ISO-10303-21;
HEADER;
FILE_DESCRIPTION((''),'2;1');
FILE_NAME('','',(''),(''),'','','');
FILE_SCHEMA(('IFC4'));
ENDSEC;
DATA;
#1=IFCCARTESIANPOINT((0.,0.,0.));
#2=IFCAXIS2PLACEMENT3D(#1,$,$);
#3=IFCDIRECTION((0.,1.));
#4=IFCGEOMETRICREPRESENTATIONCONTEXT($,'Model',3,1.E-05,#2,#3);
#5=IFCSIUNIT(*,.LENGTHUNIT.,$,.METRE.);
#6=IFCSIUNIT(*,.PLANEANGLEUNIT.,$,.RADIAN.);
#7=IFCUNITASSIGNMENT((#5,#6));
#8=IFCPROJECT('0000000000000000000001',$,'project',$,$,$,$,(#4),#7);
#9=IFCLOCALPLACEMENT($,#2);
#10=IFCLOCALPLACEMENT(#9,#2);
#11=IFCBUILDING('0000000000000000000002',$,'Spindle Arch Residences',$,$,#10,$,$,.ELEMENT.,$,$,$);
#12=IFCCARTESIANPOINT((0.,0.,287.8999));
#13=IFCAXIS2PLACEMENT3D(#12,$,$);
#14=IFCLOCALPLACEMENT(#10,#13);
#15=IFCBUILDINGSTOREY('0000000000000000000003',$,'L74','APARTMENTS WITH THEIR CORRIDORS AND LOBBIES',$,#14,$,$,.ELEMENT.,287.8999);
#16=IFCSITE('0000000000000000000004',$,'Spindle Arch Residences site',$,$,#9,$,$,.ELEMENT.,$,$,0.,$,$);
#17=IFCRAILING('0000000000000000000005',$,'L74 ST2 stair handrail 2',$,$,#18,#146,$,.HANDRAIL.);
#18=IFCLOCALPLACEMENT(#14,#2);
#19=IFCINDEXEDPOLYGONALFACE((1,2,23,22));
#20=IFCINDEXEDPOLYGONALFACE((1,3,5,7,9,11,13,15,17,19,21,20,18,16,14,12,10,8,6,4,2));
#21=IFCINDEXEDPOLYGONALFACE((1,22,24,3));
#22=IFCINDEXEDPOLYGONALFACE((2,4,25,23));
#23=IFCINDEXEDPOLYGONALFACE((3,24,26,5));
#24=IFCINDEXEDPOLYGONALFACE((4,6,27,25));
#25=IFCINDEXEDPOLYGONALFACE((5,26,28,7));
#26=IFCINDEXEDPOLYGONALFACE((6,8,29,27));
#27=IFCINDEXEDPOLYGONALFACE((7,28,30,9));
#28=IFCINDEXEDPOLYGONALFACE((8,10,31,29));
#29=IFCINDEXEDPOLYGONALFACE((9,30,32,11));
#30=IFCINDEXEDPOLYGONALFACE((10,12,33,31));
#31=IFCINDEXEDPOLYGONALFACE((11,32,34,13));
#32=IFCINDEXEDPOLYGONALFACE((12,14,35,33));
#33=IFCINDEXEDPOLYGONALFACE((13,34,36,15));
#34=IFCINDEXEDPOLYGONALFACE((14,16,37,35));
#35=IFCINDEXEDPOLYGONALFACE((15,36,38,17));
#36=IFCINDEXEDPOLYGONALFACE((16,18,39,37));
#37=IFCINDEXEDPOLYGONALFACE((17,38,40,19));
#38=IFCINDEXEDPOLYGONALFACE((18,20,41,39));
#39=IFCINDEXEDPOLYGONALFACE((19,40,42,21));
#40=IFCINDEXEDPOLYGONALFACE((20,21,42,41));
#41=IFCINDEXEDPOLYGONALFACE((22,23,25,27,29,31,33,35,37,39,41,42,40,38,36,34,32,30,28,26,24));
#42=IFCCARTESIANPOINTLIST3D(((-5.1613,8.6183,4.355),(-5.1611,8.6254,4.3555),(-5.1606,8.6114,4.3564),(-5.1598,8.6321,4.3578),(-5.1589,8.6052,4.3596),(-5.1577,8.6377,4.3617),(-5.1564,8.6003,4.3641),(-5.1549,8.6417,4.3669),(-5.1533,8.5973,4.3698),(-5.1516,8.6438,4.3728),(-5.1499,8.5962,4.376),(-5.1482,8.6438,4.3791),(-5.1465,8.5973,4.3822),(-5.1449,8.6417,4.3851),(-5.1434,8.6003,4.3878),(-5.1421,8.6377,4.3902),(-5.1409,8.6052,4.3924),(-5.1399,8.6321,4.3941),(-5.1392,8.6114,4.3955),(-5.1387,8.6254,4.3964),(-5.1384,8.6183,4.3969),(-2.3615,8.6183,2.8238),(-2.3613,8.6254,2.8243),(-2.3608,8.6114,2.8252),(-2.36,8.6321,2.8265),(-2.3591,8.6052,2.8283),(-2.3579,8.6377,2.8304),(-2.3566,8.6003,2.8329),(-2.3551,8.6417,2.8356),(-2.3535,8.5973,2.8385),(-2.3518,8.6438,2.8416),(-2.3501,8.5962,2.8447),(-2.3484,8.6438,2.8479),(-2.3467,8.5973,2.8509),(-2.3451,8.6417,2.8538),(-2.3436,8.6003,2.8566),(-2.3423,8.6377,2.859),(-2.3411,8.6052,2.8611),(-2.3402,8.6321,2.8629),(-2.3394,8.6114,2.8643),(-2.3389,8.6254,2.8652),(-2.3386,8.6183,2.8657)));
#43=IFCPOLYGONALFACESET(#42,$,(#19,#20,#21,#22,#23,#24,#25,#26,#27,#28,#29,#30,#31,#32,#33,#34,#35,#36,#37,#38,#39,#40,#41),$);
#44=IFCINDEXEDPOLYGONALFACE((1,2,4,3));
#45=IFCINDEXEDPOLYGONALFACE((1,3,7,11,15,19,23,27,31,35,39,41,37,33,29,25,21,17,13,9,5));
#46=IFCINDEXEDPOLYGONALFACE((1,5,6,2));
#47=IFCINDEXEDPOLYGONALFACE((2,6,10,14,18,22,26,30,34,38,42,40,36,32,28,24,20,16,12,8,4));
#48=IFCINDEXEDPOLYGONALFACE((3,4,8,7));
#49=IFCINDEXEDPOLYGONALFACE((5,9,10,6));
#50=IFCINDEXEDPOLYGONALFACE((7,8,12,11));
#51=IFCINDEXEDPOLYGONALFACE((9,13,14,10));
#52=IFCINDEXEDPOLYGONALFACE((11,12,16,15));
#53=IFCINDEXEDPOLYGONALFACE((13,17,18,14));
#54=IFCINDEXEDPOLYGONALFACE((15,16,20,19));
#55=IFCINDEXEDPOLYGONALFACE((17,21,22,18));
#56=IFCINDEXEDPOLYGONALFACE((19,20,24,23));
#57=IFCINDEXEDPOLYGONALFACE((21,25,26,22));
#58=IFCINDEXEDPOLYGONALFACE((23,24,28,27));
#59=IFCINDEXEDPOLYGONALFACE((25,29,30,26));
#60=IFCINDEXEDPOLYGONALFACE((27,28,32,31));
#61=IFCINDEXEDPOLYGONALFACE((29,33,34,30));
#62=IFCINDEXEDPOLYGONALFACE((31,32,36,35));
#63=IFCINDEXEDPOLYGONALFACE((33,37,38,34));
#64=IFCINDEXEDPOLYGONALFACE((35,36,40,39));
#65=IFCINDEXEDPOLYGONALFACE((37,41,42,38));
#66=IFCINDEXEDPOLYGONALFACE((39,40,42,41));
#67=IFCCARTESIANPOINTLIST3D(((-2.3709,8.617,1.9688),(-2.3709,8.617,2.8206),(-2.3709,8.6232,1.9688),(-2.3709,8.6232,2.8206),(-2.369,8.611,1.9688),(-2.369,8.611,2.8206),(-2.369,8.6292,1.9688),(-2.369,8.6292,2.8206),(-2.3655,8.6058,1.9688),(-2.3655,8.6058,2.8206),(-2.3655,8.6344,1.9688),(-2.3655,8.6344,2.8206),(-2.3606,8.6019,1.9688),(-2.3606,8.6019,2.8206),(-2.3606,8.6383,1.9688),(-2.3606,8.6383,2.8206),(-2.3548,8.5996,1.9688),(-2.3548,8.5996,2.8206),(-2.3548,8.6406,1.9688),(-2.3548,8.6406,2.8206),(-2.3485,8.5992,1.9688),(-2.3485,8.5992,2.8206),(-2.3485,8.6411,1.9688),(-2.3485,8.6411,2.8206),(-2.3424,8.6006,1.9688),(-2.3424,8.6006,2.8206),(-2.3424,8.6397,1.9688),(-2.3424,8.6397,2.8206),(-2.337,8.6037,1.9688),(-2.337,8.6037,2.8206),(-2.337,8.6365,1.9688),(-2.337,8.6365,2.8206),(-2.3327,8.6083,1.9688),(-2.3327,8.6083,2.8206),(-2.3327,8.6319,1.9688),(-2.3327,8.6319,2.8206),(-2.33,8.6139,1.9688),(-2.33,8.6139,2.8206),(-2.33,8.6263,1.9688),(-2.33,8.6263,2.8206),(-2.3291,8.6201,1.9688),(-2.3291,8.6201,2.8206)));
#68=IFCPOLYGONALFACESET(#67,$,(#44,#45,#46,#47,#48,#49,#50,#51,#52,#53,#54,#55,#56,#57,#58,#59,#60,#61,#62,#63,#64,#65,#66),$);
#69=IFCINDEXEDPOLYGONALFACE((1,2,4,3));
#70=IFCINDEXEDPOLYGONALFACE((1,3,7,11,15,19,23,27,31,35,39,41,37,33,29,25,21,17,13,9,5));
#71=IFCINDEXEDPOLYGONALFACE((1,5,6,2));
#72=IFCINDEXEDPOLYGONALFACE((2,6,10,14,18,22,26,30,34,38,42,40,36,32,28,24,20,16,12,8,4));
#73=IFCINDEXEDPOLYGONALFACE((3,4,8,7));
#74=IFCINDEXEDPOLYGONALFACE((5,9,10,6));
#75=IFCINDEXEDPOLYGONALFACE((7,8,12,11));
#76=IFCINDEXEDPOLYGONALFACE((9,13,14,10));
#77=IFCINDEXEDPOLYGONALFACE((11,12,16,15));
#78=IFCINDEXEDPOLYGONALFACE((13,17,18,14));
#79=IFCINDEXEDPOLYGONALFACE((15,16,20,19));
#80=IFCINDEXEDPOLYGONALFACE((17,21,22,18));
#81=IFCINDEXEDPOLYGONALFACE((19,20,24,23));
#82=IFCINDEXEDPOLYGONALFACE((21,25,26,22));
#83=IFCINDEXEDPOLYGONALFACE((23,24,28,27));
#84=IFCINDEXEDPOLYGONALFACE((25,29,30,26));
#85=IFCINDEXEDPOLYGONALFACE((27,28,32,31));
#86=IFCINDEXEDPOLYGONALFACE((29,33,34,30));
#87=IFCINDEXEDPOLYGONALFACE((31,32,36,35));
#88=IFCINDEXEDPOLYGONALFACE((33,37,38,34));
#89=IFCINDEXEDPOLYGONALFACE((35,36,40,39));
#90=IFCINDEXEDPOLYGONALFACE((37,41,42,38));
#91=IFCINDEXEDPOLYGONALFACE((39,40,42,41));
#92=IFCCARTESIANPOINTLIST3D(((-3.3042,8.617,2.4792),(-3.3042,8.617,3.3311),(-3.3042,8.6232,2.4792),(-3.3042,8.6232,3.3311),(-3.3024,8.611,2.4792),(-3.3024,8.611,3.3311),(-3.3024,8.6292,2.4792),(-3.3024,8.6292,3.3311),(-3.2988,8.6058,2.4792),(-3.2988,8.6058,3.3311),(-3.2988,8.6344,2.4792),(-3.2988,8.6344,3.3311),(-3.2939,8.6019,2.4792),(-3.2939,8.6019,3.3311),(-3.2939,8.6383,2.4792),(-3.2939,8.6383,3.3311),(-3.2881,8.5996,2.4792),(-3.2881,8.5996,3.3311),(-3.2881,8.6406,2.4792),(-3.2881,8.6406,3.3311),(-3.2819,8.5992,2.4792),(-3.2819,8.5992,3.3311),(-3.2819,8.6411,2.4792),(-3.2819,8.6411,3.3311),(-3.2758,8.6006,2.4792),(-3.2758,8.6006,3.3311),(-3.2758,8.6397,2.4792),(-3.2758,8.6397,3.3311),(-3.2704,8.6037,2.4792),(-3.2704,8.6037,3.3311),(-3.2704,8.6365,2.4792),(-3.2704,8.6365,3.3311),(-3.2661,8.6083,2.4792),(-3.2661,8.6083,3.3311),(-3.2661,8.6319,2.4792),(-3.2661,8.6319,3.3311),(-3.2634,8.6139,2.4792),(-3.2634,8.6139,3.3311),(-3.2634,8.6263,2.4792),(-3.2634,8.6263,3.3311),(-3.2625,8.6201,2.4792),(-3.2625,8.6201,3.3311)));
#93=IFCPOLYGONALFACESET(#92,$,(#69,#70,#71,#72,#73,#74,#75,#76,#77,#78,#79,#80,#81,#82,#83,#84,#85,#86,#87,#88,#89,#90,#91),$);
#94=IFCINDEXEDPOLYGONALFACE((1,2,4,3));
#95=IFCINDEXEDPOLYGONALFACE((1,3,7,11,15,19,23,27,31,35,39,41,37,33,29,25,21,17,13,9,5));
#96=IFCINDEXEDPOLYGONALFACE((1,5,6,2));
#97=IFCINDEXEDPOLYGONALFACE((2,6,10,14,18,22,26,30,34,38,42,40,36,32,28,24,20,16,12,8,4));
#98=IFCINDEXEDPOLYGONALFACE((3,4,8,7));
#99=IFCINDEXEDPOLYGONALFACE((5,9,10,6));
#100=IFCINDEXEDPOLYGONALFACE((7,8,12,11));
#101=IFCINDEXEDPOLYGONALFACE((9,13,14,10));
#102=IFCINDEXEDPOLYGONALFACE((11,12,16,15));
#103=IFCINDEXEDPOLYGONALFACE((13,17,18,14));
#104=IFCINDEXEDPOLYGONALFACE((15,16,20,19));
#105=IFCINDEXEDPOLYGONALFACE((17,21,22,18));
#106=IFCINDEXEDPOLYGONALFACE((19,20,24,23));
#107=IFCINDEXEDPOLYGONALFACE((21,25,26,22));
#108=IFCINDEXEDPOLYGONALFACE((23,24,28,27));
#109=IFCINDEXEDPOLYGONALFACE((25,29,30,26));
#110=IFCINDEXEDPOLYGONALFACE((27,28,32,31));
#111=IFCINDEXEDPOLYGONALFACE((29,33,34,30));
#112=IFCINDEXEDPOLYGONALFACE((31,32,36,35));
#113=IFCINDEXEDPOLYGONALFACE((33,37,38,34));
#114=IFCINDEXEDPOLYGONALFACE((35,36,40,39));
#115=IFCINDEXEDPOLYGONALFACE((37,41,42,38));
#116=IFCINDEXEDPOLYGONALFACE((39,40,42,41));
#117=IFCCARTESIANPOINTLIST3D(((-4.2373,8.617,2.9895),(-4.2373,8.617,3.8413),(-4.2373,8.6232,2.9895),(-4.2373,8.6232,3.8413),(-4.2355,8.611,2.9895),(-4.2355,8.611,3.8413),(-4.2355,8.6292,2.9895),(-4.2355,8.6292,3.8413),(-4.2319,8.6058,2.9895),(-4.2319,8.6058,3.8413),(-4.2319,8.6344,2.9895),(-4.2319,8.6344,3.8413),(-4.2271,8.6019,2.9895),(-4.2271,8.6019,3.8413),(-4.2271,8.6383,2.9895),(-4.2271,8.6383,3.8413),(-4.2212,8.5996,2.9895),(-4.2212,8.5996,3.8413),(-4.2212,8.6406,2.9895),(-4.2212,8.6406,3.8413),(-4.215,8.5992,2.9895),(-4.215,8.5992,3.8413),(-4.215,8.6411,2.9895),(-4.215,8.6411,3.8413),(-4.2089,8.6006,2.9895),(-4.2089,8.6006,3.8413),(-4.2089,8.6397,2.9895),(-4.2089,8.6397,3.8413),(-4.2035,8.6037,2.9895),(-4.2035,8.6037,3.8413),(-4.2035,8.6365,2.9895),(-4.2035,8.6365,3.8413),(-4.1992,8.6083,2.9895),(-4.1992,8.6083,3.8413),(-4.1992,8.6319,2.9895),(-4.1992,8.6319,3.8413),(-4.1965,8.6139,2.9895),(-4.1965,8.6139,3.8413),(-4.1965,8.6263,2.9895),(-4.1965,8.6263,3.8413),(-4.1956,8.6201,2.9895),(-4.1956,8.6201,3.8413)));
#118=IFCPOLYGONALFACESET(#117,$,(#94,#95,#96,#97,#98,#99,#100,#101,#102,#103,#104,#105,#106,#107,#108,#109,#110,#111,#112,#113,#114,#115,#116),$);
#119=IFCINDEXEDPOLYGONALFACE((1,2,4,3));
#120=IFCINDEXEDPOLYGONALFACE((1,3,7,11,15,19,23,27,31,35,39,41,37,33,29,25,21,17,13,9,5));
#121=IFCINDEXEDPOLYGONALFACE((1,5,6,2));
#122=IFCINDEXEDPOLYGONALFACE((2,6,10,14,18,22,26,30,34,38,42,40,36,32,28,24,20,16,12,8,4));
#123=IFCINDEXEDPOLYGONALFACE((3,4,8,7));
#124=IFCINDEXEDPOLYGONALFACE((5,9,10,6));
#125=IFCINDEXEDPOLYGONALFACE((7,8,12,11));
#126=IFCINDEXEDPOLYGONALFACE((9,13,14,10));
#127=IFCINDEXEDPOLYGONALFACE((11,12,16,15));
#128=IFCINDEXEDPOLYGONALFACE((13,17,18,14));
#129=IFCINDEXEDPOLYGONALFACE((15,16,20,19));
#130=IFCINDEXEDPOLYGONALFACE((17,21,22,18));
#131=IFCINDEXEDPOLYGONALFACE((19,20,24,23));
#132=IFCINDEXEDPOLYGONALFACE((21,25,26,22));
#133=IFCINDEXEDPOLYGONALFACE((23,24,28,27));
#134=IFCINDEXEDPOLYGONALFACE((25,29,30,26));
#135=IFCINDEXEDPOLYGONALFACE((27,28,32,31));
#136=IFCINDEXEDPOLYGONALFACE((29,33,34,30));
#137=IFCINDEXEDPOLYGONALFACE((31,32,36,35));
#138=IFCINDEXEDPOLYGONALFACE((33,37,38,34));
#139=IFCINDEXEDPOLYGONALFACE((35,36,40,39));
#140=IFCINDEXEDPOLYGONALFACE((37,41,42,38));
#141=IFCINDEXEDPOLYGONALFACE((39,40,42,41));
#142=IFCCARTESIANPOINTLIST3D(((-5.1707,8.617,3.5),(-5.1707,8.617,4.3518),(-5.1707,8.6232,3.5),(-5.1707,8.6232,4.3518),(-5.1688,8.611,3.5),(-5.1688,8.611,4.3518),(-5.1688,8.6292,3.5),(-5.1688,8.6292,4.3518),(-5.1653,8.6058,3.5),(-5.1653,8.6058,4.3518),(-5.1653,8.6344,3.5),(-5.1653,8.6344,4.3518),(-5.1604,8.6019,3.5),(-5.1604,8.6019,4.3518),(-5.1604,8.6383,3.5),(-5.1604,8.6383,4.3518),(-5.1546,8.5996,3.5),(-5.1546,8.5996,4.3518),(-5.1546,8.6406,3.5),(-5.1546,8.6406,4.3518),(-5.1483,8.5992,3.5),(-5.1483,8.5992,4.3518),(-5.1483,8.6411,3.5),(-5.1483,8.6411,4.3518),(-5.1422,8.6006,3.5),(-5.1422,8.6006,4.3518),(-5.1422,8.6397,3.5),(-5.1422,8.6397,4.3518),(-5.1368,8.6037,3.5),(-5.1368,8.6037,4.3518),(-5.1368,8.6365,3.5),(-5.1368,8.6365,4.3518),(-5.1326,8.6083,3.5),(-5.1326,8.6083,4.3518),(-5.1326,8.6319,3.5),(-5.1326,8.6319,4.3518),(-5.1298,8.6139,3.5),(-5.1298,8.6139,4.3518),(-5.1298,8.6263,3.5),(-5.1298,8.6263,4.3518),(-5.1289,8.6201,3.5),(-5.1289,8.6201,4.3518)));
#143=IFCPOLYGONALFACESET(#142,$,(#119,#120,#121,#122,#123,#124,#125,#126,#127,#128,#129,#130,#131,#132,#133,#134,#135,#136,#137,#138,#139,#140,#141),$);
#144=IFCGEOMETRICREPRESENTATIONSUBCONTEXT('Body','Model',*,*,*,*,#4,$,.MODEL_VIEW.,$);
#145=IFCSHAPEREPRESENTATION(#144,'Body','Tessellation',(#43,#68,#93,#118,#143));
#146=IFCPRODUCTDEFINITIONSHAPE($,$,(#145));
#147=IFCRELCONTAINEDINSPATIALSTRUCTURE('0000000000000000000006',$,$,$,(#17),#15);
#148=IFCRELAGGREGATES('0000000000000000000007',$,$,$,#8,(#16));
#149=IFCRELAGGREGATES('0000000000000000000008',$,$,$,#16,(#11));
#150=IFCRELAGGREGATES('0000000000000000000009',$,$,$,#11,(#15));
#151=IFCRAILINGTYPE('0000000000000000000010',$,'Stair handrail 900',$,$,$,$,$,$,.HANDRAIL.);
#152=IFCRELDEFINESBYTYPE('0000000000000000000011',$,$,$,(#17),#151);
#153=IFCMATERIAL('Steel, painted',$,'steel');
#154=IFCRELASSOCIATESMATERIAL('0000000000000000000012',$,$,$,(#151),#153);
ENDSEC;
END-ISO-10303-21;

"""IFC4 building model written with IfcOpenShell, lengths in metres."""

from ifc_helpers import new_model, si_unit, direction, frame, origin, origin_2d, place, context, subcontext, project, spatial, circle, extrude, material, type_object, element, save


model = new_model("IFC4")

# Units and contexts
model_context = context("Model", 3, precision=1e-05, world=origin(), true_north=direction((0.0, 1.0)))
body_context = subcontext(model_context, "Body", "Model", "MODEL_VIEW")
ifc_project = project(units=[si_unit("LENGTHUNIT", "METRE"), si_unit("PLANEANGLEUNIT", "RADIAN")], contexts=[model_context])

# Site, building, storey
site_placement = place(None, origin())
site = spatial("IfcSite", under=ifc_project, at=site_placement, Name="Spindle Arch Residences site", CompositionType="ELEMENT", RefElevation=0.0)
building_placement = place(site_placement, origin())
building = spatial("IfcBuilding", under=site, at=building_placement, Name="Spindle Arch Residences", CompositionType="ELEMENT")
storey_placement = place(building_placement, frame((0.0, 0.0, 287.8999)))
storey = spatial("IfcBuildingStorey", under=building, at=storey_placement, Name="L74", Description="APARTMENTS WITH THEIR CORRIDORS AND LOBBIES", CompositionType="ELEMENT", Elevation=287.8999)

# Railing
ifc_material_1 = material(Name="Steel, painted", Category="steel")
railing_type_1 = type_object("IfcRailingType", Name="Stair handrail 900", PredefinedType="HANDRAIL", material=ifc_material_1)
railing_1_placement = place(storey_placement, frame((-2.3501, 8.6201, 1.9688)))
element("IfcRailing", 1, at=railing_1_placement, inside=storey, type_object=railing_type_1, Name="L74 ST2 stair handrail 2", PredefinedType="HANDRAIL", context=body_context, shape_type="SweptSolid", body=[
    extrude(circle(Radius=0.0239, at=origin_2d()), frame((0.0, 0.0, 0.876), z_axis=(-0.877357, 0.0, 0.479838), x_axis=(0.0, -1.0, 0.0)), (0.0, 0.0, 1.0), 3.1912),
    extrude(circle(Radius=0.021, at=origin_2d()), origin(), (0.0, 0.0, 1.0), 0.8518),
    extrude(circle(Radius=0.021, at=origin_2d()), frame((-0.9333, 0.0, 0.5105)), (0.0, 0.0, 1.0), 0.8518),
    extrude(circle(Radius=0.021, at=origin_2d()), frame((-1.8665, 0.0, 1.0208)), (0.0, 0.0, 1.0), 0.8518),
    extrude(circle(Radius=0.021, at=origin_2d()), frame((-2.7998, 0.0, 1.5312)), (0.0, 0.0, 1.0), 0.8518),
])

save(model, "model.ifc")
